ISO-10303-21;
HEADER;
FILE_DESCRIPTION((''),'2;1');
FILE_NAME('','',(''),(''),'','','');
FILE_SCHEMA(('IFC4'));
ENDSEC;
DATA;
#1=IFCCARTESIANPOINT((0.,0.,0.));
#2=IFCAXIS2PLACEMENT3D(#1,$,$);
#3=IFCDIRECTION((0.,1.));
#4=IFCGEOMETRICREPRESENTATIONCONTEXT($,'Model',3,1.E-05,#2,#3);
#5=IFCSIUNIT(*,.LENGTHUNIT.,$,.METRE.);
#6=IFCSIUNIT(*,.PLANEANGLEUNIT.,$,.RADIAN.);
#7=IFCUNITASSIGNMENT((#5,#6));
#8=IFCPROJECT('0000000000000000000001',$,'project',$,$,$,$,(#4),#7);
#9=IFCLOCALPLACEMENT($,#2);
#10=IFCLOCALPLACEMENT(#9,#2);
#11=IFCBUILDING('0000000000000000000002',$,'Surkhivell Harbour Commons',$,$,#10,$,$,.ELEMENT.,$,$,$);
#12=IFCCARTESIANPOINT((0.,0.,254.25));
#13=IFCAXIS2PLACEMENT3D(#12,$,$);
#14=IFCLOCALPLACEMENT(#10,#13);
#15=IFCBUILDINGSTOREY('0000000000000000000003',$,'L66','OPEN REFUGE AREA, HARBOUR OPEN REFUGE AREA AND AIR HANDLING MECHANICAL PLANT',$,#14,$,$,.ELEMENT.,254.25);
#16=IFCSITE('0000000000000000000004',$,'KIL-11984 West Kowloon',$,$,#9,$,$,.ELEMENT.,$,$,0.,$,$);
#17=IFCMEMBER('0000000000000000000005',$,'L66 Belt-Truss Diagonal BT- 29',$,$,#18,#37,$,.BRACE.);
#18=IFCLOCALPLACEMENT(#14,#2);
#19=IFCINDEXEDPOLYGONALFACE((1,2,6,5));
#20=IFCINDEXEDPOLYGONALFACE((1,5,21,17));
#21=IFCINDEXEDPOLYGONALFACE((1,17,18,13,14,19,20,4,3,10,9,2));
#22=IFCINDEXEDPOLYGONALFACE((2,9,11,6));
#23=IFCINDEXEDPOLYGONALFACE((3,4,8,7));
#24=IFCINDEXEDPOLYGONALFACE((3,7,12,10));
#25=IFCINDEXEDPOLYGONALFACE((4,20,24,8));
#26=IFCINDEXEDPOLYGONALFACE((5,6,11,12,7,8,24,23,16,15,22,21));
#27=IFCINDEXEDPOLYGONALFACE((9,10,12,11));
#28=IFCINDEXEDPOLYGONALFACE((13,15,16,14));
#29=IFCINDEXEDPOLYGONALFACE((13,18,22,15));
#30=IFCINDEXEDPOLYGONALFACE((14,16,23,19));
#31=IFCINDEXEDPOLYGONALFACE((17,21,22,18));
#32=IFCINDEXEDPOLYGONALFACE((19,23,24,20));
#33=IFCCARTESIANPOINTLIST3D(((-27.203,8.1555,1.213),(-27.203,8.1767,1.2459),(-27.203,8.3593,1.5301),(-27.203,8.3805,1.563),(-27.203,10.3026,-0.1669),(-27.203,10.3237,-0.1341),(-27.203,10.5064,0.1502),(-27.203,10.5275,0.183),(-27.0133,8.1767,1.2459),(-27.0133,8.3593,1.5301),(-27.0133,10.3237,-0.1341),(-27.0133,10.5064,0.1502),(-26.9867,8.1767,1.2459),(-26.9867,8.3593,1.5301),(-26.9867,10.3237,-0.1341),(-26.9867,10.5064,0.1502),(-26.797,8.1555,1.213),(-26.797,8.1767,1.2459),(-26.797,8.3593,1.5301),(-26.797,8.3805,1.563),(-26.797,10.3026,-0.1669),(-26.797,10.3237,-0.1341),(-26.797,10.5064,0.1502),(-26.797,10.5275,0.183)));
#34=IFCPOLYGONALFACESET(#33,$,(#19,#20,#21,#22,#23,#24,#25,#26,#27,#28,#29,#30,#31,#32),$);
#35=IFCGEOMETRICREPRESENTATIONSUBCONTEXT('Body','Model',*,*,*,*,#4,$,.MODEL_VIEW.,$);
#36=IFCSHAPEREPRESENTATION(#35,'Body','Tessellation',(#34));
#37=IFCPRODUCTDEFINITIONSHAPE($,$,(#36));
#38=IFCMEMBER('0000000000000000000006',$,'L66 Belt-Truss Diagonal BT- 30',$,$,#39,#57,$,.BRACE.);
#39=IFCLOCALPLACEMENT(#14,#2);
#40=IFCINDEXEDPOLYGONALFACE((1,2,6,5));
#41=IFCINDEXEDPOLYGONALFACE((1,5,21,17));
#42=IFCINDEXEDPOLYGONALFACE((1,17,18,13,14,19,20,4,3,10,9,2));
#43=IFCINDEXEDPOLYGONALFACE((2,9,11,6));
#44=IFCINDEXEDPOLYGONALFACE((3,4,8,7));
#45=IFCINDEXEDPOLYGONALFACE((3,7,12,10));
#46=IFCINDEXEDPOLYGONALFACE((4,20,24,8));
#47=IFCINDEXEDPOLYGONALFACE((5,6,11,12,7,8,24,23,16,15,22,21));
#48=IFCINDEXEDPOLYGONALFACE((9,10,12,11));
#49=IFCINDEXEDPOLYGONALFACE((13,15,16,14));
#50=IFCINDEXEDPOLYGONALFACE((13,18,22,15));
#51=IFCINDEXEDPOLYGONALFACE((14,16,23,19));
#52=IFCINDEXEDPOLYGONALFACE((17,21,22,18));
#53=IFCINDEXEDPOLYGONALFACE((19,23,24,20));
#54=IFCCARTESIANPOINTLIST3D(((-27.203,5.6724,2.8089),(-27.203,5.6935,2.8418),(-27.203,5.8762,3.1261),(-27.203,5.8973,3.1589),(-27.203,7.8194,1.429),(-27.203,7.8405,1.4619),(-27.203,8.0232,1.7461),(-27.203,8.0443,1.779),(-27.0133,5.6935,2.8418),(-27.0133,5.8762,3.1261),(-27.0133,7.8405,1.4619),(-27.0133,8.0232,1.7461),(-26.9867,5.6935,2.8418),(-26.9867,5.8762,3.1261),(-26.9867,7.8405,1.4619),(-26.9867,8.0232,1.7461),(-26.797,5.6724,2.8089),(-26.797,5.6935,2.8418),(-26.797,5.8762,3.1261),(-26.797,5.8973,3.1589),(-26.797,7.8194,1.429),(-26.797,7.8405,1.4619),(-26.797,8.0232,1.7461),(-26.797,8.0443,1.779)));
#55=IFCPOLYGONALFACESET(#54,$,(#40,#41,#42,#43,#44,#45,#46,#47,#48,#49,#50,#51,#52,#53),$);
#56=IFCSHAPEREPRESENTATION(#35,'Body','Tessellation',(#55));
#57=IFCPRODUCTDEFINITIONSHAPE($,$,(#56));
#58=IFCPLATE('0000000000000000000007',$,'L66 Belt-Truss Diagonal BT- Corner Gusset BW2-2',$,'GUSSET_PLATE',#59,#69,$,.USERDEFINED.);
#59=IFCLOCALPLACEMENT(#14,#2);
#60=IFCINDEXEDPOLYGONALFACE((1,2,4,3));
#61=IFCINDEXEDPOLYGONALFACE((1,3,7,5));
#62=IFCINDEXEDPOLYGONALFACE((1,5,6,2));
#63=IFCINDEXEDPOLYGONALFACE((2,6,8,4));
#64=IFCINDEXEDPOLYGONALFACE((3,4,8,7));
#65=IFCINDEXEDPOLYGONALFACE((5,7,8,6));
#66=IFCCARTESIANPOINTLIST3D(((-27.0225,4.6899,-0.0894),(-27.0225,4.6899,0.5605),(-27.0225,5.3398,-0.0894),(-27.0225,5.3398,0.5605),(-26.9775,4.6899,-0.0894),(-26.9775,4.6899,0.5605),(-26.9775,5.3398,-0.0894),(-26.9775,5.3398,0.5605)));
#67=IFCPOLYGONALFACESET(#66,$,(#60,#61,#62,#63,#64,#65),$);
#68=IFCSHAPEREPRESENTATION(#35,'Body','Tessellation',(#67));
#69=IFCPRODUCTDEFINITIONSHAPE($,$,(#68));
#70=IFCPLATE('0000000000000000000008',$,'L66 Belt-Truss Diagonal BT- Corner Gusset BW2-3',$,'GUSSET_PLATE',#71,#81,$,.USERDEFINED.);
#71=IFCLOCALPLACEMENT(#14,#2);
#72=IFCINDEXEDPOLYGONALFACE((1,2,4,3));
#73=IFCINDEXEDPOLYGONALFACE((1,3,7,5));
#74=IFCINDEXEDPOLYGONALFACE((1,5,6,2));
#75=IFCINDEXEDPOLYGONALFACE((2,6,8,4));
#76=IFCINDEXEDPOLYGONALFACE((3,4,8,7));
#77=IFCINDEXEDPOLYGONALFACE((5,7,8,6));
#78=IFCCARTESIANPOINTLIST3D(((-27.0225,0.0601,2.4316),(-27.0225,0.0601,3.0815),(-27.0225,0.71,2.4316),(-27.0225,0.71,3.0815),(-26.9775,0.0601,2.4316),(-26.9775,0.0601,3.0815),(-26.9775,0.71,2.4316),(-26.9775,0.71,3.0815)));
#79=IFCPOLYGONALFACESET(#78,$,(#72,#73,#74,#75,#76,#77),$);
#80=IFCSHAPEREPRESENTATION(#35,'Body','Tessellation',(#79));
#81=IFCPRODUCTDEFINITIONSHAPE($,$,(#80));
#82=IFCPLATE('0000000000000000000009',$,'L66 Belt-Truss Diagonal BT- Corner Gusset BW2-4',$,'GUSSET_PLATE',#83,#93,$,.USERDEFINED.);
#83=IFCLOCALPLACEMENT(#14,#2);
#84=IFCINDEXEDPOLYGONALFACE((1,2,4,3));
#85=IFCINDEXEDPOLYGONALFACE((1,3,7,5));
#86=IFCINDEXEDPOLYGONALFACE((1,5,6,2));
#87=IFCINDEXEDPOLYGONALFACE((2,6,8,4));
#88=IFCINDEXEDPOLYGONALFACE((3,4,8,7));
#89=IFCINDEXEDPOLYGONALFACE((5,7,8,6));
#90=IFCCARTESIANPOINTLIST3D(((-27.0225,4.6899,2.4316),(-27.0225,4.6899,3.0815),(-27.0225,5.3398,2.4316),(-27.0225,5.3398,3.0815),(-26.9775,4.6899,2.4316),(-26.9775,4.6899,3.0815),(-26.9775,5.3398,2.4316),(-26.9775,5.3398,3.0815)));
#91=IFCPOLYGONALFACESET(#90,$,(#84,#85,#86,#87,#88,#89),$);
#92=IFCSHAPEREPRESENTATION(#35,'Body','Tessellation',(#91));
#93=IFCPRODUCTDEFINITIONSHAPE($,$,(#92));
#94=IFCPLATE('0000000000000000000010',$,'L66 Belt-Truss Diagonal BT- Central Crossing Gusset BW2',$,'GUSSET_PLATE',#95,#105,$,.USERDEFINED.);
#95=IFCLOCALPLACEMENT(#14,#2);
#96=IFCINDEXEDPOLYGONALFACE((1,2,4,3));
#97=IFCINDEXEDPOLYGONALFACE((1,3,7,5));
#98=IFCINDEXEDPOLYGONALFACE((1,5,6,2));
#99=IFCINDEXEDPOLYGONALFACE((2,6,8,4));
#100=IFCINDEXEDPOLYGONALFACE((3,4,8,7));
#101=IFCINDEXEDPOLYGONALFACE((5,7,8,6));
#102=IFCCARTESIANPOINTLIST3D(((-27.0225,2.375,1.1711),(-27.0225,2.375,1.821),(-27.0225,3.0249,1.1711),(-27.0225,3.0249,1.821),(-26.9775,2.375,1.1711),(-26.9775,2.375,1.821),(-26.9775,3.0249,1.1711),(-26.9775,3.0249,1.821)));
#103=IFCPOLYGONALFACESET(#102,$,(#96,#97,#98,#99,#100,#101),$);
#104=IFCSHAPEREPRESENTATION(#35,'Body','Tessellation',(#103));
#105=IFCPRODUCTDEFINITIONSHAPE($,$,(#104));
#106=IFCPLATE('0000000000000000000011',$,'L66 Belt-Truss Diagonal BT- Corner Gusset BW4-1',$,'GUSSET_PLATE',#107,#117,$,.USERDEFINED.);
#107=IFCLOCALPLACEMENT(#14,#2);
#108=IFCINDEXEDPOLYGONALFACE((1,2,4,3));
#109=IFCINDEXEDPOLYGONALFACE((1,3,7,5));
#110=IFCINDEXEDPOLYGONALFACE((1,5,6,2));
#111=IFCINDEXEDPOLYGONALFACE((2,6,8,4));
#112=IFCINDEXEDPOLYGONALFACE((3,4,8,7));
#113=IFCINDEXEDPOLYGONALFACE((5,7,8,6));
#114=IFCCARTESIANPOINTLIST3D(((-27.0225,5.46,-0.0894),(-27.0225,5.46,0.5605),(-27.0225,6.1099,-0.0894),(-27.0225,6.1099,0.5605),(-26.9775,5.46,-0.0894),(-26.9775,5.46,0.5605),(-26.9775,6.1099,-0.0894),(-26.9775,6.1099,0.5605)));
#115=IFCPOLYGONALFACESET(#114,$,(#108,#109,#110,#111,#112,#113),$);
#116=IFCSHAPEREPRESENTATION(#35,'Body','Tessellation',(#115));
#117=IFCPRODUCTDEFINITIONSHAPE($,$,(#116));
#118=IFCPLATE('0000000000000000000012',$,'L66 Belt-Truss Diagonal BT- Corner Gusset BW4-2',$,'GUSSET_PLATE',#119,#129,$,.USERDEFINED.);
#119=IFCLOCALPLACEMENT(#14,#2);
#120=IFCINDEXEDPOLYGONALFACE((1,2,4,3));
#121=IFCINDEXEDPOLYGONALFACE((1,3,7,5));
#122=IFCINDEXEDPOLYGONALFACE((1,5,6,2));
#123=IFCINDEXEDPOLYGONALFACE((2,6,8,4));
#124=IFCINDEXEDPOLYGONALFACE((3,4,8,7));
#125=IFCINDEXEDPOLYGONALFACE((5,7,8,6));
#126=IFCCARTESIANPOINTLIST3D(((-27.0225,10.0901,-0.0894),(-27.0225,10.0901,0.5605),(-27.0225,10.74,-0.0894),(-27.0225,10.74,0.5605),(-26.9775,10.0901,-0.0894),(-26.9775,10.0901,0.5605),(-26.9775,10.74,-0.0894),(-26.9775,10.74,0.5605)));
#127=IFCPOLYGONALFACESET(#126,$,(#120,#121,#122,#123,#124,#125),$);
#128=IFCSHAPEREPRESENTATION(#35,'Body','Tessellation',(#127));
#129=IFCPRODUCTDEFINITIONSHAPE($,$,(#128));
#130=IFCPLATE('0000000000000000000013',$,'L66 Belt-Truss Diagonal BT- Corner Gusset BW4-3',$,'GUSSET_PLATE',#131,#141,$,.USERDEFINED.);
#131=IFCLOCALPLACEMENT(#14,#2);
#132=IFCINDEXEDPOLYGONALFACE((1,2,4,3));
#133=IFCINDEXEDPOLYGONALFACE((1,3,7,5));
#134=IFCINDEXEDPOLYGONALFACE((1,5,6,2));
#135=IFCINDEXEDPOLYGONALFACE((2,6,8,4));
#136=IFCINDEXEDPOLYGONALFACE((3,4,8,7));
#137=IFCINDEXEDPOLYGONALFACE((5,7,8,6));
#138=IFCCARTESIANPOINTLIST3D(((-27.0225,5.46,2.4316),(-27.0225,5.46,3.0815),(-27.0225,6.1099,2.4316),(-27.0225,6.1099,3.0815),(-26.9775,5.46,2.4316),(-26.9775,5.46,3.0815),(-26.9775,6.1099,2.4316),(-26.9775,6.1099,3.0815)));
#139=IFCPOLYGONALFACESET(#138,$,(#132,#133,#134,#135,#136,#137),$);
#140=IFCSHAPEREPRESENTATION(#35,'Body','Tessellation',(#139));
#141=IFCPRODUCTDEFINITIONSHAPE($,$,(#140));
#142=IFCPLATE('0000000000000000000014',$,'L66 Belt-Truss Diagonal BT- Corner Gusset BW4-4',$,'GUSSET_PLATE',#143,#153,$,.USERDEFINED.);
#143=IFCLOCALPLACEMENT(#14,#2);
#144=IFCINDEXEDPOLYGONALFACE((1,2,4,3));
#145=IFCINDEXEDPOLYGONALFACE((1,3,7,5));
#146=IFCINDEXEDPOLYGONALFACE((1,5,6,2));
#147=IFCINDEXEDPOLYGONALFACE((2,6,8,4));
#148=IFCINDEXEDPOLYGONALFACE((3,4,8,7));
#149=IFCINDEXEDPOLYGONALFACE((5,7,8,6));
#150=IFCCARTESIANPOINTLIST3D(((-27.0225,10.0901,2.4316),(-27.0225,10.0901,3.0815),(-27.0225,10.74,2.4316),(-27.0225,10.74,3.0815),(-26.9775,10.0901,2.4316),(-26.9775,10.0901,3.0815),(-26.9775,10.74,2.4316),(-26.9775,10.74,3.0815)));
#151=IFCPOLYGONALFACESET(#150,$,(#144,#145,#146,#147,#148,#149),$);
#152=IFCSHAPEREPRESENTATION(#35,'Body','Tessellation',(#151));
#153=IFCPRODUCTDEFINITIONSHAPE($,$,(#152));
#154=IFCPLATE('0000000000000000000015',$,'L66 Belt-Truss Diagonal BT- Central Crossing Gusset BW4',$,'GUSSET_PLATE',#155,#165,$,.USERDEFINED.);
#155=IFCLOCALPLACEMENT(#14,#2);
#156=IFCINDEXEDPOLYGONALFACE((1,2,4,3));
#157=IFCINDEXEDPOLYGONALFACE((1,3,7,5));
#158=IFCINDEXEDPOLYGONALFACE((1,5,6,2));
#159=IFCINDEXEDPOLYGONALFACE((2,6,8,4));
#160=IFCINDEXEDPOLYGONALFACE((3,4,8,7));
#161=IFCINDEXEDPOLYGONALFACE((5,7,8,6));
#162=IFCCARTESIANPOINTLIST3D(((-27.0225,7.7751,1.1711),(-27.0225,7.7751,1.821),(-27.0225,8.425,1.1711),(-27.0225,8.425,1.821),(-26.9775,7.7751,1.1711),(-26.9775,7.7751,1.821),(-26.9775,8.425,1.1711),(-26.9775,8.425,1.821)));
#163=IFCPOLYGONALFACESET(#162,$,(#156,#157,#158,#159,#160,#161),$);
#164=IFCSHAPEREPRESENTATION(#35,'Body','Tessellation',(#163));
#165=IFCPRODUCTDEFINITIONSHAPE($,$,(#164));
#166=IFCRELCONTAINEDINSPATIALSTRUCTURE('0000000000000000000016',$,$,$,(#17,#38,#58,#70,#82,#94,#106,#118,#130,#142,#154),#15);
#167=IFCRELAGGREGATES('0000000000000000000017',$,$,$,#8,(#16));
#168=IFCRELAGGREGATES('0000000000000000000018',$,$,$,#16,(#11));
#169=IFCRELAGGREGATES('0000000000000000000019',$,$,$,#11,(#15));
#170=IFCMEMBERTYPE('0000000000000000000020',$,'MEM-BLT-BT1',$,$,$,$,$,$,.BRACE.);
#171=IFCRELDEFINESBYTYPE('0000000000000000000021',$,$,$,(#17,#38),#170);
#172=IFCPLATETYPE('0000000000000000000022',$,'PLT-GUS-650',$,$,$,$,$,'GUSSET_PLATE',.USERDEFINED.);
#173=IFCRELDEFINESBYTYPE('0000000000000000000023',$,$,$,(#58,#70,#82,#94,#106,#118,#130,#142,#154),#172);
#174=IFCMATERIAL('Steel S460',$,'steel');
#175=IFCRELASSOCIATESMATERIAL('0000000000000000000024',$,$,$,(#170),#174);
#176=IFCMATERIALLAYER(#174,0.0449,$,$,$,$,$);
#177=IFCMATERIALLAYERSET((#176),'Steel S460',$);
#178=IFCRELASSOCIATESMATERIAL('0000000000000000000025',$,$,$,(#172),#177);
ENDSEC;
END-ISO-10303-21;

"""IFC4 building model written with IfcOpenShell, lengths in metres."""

from ifc_helpers import new_model, si_unit, direction, frame, origin, origin_2d, place, context, subcontext, project, spatial, rectangle, i_section, extrude, material, layer, layer_set, material_profile, profile_set, type_object, element, save


model = new_model("IFC4")

# Units and contexts
model_context = context("Model", 3, precision=1e-05, world=origin(), true_north=direction((0.0, 1.0)))
body_context = subcontext(model_context, "Body", "Model", "MODEL_VIEW")
ifc_project = project(units=[si_unit("LENGTHUNIT", "METRE"), si_unit("PLANEANGLEUNIT", "RADIAN")], contexts=[model_context])

# Site, building, storey
site_placement = place(None, origin())
site = spatial("IfcSite", under=ifc_project, at=site_placement, Name="KIL-11984 West Kowloon", CompositionType="ELEMENT", RefElevation=0.0)
building_placement = place(site_placement, origin())
building = spatial("IfcBuilding", under=site, at=building_placement, Name="Surkhivell Harbour Commons", CompositionType="ELEMENT")
storey_placement = place(building_placement, frame((0.0, 0.0, 254.25)))
storey = spatial("IfcBuildingStorey", under=building, at=storey_placement, Name="L66", Description="OPEN REFUGE AREA, HARBOUR OPEN REFUGE AREA AND AIR HANDLING MECHANICAL PLANT", CompositionType="ELEMENT", Elevation=254.25)

# Shared definitions
ifc_material_1 = material(Name="Steel S460", Category="steel")

# Members
ifc_material_profile_1 = material_profile(ifc_material_1, i_section(OverallWidth=0.406, OverallDepth=0.416, WebThickness=0.0266, FlangeThickness=0.0391, at=origin_2d()), Name="HD400x382")
ifc_profile_set_1 = profile_set([ifc_material_profile_1], Name="Steel S460")
member_type = type_object("IfcMemberType", Name="MEM-BLT-BT1", PredefinedType="BRACE", material=ifc_profile_set_1)
for number, where, z_axis, x_axis, name in (
    (1, (-27.0, 10.415, 0.0081), (0.0, -0.841234, 0.540671), (1.0, 0.0, 0.0), "L66 Belt-Truss Diagonal BT- 29"),
    (2, (-27.0, 7.9319, 1.604), (0.0, -0.841234, 0.540671), (1.0, 0.0, 0.0), "L66 Belt-Truss Diagonal BT- 30"),
):
    element("IfcMember", number, at=place(storey_placement, frame(where, z_axis=z_axis, x_axis=x_axis)), inside=storey, type_object=member_type, Name=name, PredefinedType="BRACE", context=body_context, shape_type="SweptSolid", body=[
        extrude(i_section(OverallWidth=0.406, OverallDepth=0.416, WebThickness=0.0266, FlangeThickness=0.0391, at=origin_2d()), origin(), (0.0, 0.0, 1.0), 2.5522),
    ])

# Plates
ifc_layer = layer(ifc_material_1, 0.0449)
ifc_layer_set = layer_set([ifc_layer], Name="Steel S460")
plate_type = type_object("IfcPlateType", Name="PLT-GUS-650", ElementType="GUSSET_PLATE", PredefinedType="USERDEFINED", material=ifc_layer_set)
for number, where, z_axis, x_axis, name in (
    (3, (-27.0, 5.0149, -0.0894), (0.0, 0.0, 1.0), (0.0, 1.0, 0.0), "L66 Belt-Truss Diagonal BT- Corner Gusset BW2-2"),
    (4, (-27.0, 0.385, 2.4316), (0.0, 0.0, 1.0), (0.0, 1.0, 0.0), "L66 Belt-Truss Diagonal BT- Corner Gusset BW2-3"),
    (5, (-27.0, 5.0149, 2.4316), (0.0, 0.0, 1.0), (0.0, 1.0, 0.0), "L66 Belt-Truss Diagonal BT- Corner Gusset BW2-4"),
    (6, (-27.0, 2.7, 1.1711), (0.0, 0.0, 1.0), (0.0, 1.0, 0.0), "L66 Belt-Truss Diagonal BT- Central Crossing Gusset BW2"),
    (7, (-27.0, 5.7849, -0.0894), (0.0, 0.0, 1.0), (0.0, 1.0, 0.0), "L66 Belt-Truss Diagonal BT- Corner Gusset BW4-1"),
    (8, (-27.0, 10.415, -0.0894), (0.0, 0.0, 1.0), (0.0, 1.0, 0.0), "L66 Belt-Truss Diagonal BT- Corner Gusset BW4-2"),
    (9, (-27.0, 5.7849, 2.4316), (0.0, 0.0, 1.0), (0.0, 1.0, 0.0), "L66 Belt-Truss Diagonal BT- Corner Gusset BW4-3"),
    (10, (-27.0, 10.415, 2.4316), (0.0, 0.0, 1.0), (0.0, 1.0, 0.0), "L66 Belt-Truss Diagonal BT- Corner Gusset BW4-4"),
    (11, (-27.0, 8.1001, 1.1711), (0.0, 0.0, 1.0), (0.0, 1.0, 0.0), "L66 Belt-Truss Diagonal BT- Central Crossing Gusset BW4"),
):
    element("IfcPlate", number, at=place(storey_placement, frame(where, z_axis=z_axis, x_axis=x_axis)), inside=storey, type_object=plate_type, Name=name, ObjectType="GUSSET_PLATE", PredefinedType="USERDEFINED", context=body_context, shape_type="SweptSolid", body=[
        extrude(rectangle(XDim=0.6499, YDim=0.0449, at=origin_2d()), origin(), (0.0, 0.0, 1.0), 0.6499),
    ])

save(model, "model.ifc")
